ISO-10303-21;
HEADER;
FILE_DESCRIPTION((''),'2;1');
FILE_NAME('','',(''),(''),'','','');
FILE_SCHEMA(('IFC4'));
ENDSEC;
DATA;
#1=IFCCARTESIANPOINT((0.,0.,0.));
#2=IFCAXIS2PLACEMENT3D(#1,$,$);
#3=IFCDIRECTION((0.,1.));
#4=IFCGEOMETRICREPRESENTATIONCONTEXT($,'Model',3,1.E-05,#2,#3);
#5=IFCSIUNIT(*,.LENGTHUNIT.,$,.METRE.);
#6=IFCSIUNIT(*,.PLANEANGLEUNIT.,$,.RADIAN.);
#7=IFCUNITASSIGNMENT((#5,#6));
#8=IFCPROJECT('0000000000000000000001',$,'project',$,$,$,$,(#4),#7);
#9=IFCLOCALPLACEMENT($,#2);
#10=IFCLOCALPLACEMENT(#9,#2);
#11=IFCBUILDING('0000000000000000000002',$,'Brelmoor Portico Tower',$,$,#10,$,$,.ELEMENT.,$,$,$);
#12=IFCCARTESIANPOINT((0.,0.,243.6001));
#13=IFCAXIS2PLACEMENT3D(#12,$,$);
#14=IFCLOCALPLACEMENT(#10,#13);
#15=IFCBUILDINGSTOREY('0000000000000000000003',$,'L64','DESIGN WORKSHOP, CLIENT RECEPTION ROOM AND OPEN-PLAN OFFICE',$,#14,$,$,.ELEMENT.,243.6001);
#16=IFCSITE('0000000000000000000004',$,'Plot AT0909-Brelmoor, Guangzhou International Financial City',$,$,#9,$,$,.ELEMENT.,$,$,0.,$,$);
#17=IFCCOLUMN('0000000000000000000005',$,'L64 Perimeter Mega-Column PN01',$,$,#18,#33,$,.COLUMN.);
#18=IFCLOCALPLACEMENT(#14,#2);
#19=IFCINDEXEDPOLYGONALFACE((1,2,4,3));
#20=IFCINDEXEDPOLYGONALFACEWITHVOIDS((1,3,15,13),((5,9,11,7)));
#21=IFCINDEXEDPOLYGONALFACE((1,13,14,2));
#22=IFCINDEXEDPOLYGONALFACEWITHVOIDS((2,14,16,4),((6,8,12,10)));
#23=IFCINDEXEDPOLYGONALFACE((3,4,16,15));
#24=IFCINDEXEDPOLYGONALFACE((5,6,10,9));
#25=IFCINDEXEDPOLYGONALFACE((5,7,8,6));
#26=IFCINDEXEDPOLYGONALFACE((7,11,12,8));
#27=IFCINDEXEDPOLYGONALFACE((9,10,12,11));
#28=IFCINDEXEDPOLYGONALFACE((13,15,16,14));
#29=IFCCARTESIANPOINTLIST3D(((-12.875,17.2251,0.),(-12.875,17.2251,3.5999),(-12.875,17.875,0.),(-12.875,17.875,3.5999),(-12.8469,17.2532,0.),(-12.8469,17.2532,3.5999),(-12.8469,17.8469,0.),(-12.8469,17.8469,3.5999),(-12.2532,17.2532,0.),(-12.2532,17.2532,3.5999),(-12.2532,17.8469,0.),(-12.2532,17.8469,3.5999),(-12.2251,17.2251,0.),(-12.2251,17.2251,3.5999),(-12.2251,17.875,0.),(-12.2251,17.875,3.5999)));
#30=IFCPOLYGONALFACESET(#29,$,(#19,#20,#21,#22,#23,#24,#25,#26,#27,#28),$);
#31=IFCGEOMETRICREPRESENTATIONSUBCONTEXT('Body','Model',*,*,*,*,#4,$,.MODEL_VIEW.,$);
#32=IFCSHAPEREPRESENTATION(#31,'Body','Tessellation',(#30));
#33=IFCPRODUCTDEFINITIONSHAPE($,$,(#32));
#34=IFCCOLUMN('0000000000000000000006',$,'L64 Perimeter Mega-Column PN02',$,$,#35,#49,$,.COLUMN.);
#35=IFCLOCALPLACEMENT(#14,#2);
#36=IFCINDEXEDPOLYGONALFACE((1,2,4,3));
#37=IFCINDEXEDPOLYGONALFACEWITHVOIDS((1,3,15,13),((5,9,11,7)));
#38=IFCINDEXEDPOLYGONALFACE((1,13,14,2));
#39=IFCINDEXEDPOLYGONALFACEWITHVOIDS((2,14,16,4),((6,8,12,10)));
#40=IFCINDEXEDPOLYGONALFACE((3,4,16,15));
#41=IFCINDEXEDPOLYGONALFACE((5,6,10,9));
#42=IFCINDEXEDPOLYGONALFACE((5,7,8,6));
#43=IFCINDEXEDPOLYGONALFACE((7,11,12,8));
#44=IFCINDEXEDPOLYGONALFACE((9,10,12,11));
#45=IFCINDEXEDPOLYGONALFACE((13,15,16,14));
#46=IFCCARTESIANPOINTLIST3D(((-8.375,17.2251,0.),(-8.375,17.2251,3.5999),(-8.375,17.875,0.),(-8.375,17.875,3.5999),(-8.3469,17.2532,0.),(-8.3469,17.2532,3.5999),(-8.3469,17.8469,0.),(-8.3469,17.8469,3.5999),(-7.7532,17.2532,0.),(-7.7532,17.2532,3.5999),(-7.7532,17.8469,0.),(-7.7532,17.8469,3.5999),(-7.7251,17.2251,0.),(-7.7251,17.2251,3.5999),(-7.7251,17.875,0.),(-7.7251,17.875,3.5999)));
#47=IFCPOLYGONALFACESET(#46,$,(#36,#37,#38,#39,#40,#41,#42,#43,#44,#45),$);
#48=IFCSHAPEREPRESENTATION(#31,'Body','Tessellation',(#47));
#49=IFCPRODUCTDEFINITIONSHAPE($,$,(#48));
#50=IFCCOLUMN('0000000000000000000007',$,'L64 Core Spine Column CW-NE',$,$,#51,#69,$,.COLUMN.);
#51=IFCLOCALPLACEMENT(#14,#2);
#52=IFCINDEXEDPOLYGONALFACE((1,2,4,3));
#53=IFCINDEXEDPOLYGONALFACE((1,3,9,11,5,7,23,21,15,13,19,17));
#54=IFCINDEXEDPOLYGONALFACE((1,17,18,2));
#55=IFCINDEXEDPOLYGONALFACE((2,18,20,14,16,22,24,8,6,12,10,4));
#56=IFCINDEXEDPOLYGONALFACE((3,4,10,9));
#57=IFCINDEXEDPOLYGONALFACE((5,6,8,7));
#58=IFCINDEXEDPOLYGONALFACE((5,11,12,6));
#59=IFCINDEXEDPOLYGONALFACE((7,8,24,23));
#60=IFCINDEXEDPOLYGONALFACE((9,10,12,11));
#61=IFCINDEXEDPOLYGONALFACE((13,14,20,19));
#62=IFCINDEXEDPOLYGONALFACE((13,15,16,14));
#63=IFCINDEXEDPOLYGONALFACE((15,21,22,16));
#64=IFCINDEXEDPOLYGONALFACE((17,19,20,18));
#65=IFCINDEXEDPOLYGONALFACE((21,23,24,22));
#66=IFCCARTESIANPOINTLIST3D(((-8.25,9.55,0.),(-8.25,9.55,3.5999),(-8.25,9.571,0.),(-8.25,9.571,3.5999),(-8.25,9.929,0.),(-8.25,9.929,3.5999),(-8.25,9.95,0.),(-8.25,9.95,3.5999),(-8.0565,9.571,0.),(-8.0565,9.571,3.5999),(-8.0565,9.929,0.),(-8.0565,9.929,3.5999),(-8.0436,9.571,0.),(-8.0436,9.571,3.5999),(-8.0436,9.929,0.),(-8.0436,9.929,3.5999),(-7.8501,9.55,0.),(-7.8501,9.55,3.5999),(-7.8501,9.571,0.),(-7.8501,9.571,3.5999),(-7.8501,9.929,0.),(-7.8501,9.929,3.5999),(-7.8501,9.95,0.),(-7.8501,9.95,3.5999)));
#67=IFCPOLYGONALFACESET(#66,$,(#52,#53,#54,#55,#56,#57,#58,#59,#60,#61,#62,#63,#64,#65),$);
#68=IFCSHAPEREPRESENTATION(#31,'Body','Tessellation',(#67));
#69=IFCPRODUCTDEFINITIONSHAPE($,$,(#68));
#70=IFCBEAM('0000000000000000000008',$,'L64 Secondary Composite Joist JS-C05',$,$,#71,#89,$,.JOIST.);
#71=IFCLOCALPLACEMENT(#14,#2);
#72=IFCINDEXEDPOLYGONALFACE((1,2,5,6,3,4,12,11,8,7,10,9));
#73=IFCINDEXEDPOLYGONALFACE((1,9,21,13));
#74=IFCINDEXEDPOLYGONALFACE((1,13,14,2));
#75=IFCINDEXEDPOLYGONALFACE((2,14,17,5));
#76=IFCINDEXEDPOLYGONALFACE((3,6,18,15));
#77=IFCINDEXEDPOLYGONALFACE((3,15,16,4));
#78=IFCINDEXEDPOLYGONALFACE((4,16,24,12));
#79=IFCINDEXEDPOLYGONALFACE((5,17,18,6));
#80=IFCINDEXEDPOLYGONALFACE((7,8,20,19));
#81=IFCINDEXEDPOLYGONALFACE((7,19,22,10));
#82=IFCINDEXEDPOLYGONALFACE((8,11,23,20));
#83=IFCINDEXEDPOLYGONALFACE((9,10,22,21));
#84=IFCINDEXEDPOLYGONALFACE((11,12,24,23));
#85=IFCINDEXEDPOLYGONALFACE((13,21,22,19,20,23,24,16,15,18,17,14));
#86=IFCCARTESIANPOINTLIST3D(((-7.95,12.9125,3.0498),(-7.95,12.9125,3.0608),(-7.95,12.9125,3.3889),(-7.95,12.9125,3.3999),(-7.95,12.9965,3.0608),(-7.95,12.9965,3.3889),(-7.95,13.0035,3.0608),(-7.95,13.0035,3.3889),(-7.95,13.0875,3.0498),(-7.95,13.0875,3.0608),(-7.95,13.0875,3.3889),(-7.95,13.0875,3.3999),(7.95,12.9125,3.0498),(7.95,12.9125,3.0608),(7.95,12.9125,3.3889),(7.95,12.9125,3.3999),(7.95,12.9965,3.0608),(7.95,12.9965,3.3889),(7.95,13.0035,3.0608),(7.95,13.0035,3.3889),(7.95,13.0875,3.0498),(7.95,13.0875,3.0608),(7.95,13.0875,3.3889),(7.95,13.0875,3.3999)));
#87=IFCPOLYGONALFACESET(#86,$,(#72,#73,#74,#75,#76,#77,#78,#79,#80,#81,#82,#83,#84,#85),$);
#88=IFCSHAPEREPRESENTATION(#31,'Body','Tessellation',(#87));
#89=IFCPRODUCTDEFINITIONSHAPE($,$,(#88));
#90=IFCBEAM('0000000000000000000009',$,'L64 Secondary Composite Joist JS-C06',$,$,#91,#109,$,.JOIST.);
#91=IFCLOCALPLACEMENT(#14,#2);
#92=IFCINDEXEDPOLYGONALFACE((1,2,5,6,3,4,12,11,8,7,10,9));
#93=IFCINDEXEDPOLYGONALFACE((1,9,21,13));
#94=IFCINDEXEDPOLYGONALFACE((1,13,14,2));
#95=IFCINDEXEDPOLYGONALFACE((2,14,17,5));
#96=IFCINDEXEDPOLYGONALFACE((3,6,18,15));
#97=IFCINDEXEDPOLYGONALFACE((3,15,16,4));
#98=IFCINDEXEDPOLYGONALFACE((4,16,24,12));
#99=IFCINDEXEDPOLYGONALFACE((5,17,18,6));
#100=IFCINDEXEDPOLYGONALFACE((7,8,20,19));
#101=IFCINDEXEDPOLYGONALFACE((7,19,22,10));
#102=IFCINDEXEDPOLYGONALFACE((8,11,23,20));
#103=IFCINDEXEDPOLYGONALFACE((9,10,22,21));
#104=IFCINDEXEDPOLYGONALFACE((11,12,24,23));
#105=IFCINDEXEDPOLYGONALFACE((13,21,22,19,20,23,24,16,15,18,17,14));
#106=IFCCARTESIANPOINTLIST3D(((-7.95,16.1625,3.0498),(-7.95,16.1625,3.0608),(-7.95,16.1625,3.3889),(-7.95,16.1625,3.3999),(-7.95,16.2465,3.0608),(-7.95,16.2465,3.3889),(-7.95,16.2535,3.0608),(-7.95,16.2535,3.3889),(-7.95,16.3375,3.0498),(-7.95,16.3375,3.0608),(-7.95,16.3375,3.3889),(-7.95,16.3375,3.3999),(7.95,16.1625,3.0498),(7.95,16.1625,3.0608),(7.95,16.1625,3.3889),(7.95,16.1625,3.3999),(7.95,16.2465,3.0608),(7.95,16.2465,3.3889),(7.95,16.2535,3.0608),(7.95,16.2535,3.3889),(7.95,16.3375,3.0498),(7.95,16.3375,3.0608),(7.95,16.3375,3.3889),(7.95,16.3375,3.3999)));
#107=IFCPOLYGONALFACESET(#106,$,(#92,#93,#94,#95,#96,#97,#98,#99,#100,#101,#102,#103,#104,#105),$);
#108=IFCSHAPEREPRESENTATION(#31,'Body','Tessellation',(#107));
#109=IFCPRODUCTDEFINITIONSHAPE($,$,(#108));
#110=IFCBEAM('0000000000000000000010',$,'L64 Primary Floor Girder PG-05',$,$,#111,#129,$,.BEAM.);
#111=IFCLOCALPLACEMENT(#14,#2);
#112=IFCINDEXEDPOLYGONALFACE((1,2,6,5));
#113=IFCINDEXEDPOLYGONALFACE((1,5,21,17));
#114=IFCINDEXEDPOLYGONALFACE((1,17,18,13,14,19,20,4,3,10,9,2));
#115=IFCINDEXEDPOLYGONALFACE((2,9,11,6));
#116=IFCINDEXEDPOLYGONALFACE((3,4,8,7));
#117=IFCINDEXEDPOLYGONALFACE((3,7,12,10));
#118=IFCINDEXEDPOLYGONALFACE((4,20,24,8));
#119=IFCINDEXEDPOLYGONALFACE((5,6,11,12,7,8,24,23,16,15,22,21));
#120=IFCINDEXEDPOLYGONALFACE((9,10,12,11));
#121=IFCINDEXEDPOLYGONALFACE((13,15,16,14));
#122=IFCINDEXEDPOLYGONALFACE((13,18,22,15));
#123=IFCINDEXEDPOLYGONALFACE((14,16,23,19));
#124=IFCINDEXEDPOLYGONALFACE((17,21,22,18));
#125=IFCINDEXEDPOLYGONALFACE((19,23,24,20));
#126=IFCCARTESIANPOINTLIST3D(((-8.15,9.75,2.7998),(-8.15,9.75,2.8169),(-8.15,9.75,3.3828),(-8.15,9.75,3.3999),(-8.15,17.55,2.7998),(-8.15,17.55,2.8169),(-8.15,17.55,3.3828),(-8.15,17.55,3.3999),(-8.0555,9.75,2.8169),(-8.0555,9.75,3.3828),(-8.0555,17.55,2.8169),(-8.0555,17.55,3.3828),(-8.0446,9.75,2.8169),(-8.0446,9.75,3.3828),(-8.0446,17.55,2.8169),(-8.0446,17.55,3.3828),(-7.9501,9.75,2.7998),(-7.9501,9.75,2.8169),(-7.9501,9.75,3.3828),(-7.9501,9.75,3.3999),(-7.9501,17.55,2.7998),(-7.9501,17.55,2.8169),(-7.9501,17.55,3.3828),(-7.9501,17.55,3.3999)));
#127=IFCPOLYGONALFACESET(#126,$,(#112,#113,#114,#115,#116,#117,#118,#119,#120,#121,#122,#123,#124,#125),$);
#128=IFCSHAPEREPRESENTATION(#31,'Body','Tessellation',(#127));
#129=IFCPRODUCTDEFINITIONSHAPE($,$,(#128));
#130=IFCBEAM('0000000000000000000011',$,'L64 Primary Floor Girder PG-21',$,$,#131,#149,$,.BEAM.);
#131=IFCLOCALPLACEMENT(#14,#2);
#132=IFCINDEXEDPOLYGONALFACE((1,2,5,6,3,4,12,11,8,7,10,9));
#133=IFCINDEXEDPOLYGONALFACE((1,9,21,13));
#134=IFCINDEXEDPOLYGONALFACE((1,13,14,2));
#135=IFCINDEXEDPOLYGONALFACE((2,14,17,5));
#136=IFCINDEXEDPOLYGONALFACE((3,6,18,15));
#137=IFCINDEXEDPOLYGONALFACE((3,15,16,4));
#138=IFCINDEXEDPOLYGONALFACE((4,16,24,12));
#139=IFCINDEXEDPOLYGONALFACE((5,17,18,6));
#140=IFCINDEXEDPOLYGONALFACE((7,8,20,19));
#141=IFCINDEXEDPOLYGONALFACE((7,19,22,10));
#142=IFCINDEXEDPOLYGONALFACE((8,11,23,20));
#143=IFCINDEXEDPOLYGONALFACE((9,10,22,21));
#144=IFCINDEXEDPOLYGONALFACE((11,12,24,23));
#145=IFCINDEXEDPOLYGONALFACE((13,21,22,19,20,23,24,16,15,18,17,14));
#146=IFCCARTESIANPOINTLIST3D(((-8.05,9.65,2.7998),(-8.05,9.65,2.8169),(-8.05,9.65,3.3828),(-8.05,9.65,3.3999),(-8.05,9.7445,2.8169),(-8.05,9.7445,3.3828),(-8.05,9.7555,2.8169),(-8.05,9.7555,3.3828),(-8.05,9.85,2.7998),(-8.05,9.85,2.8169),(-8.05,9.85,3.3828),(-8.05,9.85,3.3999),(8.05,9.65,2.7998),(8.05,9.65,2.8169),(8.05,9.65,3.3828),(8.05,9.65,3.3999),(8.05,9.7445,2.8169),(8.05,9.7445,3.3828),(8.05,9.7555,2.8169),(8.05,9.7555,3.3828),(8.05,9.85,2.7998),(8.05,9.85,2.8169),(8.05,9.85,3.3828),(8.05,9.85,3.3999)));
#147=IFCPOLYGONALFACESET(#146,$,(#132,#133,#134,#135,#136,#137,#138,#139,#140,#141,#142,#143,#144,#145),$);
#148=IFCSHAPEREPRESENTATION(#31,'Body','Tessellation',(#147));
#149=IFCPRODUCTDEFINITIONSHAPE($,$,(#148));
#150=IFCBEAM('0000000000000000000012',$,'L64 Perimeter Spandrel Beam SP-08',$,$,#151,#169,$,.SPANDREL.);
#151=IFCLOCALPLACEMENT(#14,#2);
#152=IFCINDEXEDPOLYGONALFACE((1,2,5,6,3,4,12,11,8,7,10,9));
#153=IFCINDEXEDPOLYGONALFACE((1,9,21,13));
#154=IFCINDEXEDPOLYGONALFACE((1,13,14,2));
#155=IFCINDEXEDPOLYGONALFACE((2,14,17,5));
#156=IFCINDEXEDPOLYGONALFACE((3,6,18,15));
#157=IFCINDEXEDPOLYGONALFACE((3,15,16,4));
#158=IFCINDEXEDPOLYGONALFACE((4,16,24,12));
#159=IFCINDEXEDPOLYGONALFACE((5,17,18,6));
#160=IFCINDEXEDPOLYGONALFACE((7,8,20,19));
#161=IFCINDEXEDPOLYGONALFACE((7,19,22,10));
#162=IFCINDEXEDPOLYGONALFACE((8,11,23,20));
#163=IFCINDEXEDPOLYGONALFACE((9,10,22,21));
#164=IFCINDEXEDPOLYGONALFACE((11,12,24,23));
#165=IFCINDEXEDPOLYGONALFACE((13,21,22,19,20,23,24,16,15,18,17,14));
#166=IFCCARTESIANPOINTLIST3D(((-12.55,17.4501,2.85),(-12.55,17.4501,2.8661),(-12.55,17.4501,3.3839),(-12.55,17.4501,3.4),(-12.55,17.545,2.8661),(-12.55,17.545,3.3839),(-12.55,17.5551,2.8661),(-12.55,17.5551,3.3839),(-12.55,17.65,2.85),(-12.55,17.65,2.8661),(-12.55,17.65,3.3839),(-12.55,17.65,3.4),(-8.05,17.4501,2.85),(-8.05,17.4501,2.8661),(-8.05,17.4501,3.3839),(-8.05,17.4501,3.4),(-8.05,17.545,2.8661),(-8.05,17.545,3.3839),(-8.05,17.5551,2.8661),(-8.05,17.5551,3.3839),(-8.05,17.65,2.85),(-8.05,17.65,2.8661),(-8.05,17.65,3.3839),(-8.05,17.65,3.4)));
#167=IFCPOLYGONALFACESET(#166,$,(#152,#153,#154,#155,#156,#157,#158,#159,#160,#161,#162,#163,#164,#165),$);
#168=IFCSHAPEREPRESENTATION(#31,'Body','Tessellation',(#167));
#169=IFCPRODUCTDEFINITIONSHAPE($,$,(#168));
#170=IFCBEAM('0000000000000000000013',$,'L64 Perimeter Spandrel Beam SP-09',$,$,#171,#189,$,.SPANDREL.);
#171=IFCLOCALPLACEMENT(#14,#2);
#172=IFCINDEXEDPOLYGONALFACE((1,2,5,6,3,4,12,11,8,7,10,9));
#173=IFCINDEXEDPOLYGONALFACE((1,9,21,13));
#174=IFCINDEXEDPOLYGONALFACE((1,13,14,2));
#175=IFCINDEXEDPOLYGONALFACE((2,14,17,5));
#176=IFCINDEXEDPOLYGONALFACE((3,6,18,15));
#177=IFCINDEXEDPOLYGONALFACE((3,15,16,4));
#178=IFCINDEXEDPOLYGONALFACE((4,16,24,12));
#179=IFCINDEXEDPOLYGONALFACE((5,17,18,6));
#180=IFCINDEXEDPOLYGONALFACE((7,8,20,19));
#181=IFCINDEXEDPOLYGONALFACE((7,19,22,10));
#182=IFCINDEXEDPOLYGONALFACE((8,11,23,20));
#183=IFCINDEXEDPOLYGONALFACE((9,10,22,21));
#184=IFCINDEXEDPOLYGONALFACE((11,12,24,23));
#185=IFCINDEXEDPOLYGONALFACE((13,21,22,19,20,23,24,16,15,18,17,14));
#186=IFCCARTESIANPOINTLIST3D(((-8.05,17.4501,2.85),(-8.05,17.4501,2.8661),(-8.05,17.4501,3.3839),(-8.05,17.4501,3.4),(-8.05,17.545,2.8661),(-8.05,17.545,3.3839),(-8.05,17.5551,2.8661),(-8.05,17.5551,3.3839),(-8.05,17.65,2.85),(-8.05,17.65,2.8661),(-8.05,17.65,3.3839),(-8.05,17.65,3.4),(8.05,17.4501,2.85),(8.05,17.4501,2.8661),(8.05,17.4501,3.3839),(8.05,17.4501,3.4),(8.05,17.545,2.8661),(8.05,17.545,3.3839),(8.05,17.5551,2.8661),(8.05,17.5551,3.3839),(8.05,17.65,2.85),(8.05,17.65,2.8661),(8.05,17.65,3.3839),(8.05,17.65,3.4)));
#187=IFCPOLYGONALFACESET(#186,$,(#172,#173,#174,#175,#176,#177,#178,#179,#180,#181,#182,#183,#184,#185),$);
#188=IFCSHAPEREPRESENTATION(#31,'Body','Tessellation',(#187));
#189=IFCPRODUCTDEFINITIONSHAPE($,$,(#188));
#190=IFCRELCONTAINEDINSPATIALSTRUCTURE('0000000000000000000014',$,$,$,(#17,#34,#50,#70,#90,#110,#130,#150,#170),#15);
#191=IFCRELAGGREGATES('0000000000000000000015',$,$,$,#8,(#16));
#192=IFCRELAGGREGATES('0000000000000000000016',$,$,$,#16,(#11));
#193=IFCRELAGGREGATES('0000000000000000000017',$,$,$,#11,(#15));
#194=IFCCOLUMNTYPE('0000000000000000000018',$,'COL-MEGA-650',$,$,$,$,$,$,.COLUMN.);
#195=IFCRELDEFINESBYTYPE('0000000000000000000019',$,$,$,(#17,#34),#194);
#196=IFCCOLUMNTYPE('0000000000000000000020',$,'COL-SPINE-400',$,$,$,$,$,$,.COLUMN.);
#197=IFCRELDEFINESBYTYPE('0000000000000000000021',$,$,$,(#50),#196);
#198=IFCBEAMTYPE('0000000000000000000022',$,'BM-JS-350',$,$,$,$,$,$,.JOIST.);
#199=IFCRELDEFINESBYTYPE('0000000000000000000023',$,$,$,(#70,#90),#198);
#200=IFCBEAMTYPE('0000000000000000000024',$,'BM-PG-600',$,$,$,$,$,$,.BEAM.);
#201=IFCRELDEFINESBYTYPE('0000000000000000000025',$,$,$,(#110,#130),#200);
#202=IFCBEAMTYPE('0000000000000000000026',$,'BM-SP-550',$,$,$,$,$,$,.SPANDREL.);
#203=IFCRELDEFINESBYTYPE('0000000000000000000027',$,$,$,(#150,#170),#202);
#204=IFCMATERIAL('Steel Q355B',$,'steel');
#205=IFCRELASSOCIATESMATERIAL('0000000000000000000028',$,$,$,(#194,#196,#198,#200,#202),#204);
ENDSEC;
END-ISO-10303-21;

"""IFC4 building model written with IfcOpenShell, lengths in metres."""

from ifc_helpers import new_model, si_unit, direction, frame, origin, origin_2d, place, context, subcontext, project, spatial, hollow_rectangle, i_section, extrude, material, material_profile, profile_set, type_object, element, save


model = new_model("IFC4")

# Units and contexts
model_context = context("Model", 3, precision=1e-05, world=origin(), true_north=direction((0.0, 1.0)))
body_context = subcontext(model_context, "Body", "Model", "MODEL_VIEW")
ifc_project = project(units=[si_unit("LENGTHUNIT", "METRE"), si_unit("PLANEANGLEUNIT", "RADIAN")], contexts=[model_context])

# Site, building, storey
site_placement = place(None, origin())
site = spatial("IfcSite", under=ifc_project, at=site_placement, Name="Plot AT0909-Brelmoor, Guangzhou International Financial City", CompositionType="ELEMENT", RefElevation=0.0)
building_placement = place(site_placement, origin())
building = spatial("IfcBuilding", under=site, at=building_placement, Name="Brelmoor Portico Tower", CompositionType="ELEMENT")
storey_placement = place(building_placement, frame((0.0, 0.0, 243.6001)))
storey = spatial("IfcBuildingStorey", under=building, at=storey_placement, Name="L64", Description="DESIGN WORKSHOP, CLIENT RECEPTION ROOM AND OPEN-PLAN OFFICE", CompositionType="ELEMENT", Elevation=243.6001)

# Columns
ifc_material_1 = material(Name="Steel Q355B", Category="steel")
ifc_material_profile_1 = material_profile(ifc_material_1, hollow_rectangle(XDim=0.6499, YDim=0.6499, WallThickness=0.0281, at=origin_2d()), Name="BOX 650x650x28")
ifc_profile_set_1 = profile_set([ifc_material_profile_1], Name="Steel Q355B")
column_type_1 = type_object("IfcColumnType", Name="COL-MEGA-650", PredefinedType="COLUMN", material=ifc_profile_set_1)
for number, where, z_axis, x_axis, name in (
    (1, (-12.55, 17.55, 0.0), (0.0, 0.0, 1.0), (1.0, 0.0, 0.0), "L64 Perimeter Mega-Column PN01"),
    (2, (-8.05, 17.55, 0.0), (0.0, 0.0, 1.0), (1.0, 0.0, 0.0), "L64 Perimeter Mega-Column PN02"),
):
    element("IfcColumn", number, at=place(storey_placement, frame(where, z_axis=z_axis, x_axis=x_axis)), inside=storey, type_object=column_type_1, Name=name, PredefinedType="COLUMN", context=body_context, shape_type="SweptSolid", body=[
        extrude(hollow_rectangle(XDim=0.6499, YDim=0.6499, WallThickness=0.0281, at=origin_2d()), origin(), (0.0, 0.0, 1.0), 3.5999),
    ])
ifc_material_profile_2 = material_profile(ifc_material_1, i_section(OverallWidth=0.3999, OverallDepth=0.3999, WebThickness=0.0129, FlangeThickness=0.021, at=origin_2d()), Name="HW 400x400x13x21")
ifc_profile_set_2 = profile_set([ifc_material_profile_2], Name="Steel Q355B")
column_type_2 = type_object("IfcColumnType", Name="COL-SPINE-400", PredefinedType="COLUMN", material=ifc_profile_set_2)
column_placement = place(storey_placement, frame((-8.05, 9.75, 0.0), z_axis=(0.0, 0.0, 1.0), x_axis=(1.0, 0.0, 0.0)))
element("IfcColumn", 3, at=column_placement, inside=storey, type_object=column_type_2, Name="L64 Core Spine Column CW-NE", PredefinedType="COLUMN", context=body_context, shape_type="SweptSolid", body=[
    extrude(i_section(OverallWidth=0.3999, OverallDepth=0.3999, WebThickness=0.0129, FlangeThickness=0.021, at=origin_2d()), origin(), (0.0, 0.0, 1.0), 3.5999),
])

# Beams
ifc_material_profile_3 = material_profile(ifc_material_1, i_section(OverallWidth=0.175, OverallDepth=0.3501, WebThickness=0.0071, FlangeThickness=0.011, at=origin_2d()), Name="HN 350x175x7x11")
ifc_profile_set_3 = profile_set([ifc_material_profile_3], Name="Steel Q355B")
beam_type_1 = type_object("IfcBeamType", Name="BM-JS-350", PredefinedType="JOIST", material=ifc_profile_set_3)
for number, where, z_axis, x_axis, name in (
    (4, (-7.95, 13.0, 3.2249), (1.0, 0.0, 0.0), (0.0, 1.0, 0.0), "L64 Secondary Composite Joist JS-C05"),
    (5, (-7.95, 16.25, 3.2249), (1.0, 0.0, 0.0), (0.0, 1.0, 0.0), "L64 Secondary Composite Joist JS-C06"),
):
    element("IfcBeam", number, at=place(storey_placement, frame(where, z_axis=z_axis, x_axis=x_axis)), inside=storey, type_object=beam_type_1, Name=name, PredefinedType="JOIST", context=body_context, shape_type="SweptSolid", body=[
        extrude(i_section(OverallWidth=0.175, OverallDepth=0.3501, WebThickness=0.0071, FlangeThickness=0.011, at=origin_2d()), origin(), (0.0, 0.0, 1.0), 15.8999),
    ])
ifc_material_profile_4 = material_profile(ifc_material_1, i_section(OverallWidth=0.2, OverallDepth=0.6001, WebThickness=0.011, FlangeThickness=0.0171, at=origin_2d()), Name="HN 600x200x11x17")
ifc_profile_set_4 = profile_set([ifc_material_profile_4], Name="Steel Q355B")
beam_type_2 = type_object("IfcBeamType", Name="BM-PG-600", PredefinedType="BEAM", material=ifc_profile_set_4)
beam_1_placement = place(storey_placement, frame((-8.05, 9.75, 3.0999), z_axis=(0.0, 1.0, 0.0), x_axis=(-1.0, 0.0, 0.0)))
element("IfcBeam", 6, at=beam_1_placement, inside=storey, type_object=beam_type_2, Name="L64 Primary Floor Girder PG-05", PredefinedType="BEAM", context=body_context, shape_type="SweptSolid", body=[
    extrude(i_section(OverallWidth=0.2, OverallDepth=0.6001, WebThickness=0.011, FlangeThickness=0.0171, at=origin_2d()), origin(), (0.0, 0.0, 1.0), 7.8),
])
beam_2_placement = place(storey_placement, frame((-8.05, 9.75, 3.0999), z_axis=(1.0, 0.0, 0.0), x_axis=(0.0, 1.0, 0.0)))
element("IfcBeam", 7, at=beam_2_placement, inside=storey, type_object=beam_type_2, Name="L64 Primary Floor Girder PG-21", PredefinedType="BEAM", context=body_context, shape_type="SweptSolid", body=[
    extrude(i_section(OverallWidth=0.2, OverallDepth=0.6001, WebThickness=0.011, FlangeThickness=0.0171, at=origin_2d()), origin(), (0.0, 0.0, 1.0), 16.1001),
])
ifc_material_profile_5 = material_profile(ifc_material_1, i_section(OverallWidth=0.2, OverallDepth=0.55, WebThickness=0.01, FlangeThickness=0.0161, at=origin_2d()), Name="HN 550x200x10x16")
ifc_profile_set_5 = profile_set([ifc_material_profile_5], Name="Steel Q355B")
beam_type_3 = type_object("IfcBeamType", Name="BM-SP-550", PredefinedType="SPANDREL", material=ifc_profile_set_5)
beam_3_placement = place(storey_placement, frame((-12.55, 17.55, 3.125), z_axis=(1.0, 0.0, 0.0), x_axis=(0.0, 1.0, 0.0)))
element("IfcBeam", 8, at=beam_3_placement, inside=storey, type_object=beam_type_3, Name="L64 Perimeter Spandrel Beam SP-08", PredefinedType="SPANDREL", context=body_context, shape_type="SweptSolid", body=[
    extrude(i_section(OverallWidth=0.2, OverallDepth=0.55, WebThickness=0.01, FlangeThickness=0.0161, at=origin_2d()), origin(), (0.0, 0.0, 1.0), 4.5),
])
beam_4_placement = place(storey_placement, frame((-8.05, 17.55, 3.125), z_axis=(1.0, 0.0, 0.0), x_axis=(0.0, 1.0, 0.0)))
element("IfcBeam", 9, at=beam_4_placement, inside=storey, type_object=beam_type_3, Name="L64 Perimeter Spandrel Beam SP-09", PredefinedType="SPANDREL", context=body_context, shape_type="SweptSolid", body=[
    extrude(i_section(OverallWidth=0.2, OverallDepth=0.55, WebThickness=0.01, FlangeThickness=0.0161, at=origin_2d()), origin(), (0.0, 0.0, 1.0), 16.1001),
])

save(model, "model.ifc")
